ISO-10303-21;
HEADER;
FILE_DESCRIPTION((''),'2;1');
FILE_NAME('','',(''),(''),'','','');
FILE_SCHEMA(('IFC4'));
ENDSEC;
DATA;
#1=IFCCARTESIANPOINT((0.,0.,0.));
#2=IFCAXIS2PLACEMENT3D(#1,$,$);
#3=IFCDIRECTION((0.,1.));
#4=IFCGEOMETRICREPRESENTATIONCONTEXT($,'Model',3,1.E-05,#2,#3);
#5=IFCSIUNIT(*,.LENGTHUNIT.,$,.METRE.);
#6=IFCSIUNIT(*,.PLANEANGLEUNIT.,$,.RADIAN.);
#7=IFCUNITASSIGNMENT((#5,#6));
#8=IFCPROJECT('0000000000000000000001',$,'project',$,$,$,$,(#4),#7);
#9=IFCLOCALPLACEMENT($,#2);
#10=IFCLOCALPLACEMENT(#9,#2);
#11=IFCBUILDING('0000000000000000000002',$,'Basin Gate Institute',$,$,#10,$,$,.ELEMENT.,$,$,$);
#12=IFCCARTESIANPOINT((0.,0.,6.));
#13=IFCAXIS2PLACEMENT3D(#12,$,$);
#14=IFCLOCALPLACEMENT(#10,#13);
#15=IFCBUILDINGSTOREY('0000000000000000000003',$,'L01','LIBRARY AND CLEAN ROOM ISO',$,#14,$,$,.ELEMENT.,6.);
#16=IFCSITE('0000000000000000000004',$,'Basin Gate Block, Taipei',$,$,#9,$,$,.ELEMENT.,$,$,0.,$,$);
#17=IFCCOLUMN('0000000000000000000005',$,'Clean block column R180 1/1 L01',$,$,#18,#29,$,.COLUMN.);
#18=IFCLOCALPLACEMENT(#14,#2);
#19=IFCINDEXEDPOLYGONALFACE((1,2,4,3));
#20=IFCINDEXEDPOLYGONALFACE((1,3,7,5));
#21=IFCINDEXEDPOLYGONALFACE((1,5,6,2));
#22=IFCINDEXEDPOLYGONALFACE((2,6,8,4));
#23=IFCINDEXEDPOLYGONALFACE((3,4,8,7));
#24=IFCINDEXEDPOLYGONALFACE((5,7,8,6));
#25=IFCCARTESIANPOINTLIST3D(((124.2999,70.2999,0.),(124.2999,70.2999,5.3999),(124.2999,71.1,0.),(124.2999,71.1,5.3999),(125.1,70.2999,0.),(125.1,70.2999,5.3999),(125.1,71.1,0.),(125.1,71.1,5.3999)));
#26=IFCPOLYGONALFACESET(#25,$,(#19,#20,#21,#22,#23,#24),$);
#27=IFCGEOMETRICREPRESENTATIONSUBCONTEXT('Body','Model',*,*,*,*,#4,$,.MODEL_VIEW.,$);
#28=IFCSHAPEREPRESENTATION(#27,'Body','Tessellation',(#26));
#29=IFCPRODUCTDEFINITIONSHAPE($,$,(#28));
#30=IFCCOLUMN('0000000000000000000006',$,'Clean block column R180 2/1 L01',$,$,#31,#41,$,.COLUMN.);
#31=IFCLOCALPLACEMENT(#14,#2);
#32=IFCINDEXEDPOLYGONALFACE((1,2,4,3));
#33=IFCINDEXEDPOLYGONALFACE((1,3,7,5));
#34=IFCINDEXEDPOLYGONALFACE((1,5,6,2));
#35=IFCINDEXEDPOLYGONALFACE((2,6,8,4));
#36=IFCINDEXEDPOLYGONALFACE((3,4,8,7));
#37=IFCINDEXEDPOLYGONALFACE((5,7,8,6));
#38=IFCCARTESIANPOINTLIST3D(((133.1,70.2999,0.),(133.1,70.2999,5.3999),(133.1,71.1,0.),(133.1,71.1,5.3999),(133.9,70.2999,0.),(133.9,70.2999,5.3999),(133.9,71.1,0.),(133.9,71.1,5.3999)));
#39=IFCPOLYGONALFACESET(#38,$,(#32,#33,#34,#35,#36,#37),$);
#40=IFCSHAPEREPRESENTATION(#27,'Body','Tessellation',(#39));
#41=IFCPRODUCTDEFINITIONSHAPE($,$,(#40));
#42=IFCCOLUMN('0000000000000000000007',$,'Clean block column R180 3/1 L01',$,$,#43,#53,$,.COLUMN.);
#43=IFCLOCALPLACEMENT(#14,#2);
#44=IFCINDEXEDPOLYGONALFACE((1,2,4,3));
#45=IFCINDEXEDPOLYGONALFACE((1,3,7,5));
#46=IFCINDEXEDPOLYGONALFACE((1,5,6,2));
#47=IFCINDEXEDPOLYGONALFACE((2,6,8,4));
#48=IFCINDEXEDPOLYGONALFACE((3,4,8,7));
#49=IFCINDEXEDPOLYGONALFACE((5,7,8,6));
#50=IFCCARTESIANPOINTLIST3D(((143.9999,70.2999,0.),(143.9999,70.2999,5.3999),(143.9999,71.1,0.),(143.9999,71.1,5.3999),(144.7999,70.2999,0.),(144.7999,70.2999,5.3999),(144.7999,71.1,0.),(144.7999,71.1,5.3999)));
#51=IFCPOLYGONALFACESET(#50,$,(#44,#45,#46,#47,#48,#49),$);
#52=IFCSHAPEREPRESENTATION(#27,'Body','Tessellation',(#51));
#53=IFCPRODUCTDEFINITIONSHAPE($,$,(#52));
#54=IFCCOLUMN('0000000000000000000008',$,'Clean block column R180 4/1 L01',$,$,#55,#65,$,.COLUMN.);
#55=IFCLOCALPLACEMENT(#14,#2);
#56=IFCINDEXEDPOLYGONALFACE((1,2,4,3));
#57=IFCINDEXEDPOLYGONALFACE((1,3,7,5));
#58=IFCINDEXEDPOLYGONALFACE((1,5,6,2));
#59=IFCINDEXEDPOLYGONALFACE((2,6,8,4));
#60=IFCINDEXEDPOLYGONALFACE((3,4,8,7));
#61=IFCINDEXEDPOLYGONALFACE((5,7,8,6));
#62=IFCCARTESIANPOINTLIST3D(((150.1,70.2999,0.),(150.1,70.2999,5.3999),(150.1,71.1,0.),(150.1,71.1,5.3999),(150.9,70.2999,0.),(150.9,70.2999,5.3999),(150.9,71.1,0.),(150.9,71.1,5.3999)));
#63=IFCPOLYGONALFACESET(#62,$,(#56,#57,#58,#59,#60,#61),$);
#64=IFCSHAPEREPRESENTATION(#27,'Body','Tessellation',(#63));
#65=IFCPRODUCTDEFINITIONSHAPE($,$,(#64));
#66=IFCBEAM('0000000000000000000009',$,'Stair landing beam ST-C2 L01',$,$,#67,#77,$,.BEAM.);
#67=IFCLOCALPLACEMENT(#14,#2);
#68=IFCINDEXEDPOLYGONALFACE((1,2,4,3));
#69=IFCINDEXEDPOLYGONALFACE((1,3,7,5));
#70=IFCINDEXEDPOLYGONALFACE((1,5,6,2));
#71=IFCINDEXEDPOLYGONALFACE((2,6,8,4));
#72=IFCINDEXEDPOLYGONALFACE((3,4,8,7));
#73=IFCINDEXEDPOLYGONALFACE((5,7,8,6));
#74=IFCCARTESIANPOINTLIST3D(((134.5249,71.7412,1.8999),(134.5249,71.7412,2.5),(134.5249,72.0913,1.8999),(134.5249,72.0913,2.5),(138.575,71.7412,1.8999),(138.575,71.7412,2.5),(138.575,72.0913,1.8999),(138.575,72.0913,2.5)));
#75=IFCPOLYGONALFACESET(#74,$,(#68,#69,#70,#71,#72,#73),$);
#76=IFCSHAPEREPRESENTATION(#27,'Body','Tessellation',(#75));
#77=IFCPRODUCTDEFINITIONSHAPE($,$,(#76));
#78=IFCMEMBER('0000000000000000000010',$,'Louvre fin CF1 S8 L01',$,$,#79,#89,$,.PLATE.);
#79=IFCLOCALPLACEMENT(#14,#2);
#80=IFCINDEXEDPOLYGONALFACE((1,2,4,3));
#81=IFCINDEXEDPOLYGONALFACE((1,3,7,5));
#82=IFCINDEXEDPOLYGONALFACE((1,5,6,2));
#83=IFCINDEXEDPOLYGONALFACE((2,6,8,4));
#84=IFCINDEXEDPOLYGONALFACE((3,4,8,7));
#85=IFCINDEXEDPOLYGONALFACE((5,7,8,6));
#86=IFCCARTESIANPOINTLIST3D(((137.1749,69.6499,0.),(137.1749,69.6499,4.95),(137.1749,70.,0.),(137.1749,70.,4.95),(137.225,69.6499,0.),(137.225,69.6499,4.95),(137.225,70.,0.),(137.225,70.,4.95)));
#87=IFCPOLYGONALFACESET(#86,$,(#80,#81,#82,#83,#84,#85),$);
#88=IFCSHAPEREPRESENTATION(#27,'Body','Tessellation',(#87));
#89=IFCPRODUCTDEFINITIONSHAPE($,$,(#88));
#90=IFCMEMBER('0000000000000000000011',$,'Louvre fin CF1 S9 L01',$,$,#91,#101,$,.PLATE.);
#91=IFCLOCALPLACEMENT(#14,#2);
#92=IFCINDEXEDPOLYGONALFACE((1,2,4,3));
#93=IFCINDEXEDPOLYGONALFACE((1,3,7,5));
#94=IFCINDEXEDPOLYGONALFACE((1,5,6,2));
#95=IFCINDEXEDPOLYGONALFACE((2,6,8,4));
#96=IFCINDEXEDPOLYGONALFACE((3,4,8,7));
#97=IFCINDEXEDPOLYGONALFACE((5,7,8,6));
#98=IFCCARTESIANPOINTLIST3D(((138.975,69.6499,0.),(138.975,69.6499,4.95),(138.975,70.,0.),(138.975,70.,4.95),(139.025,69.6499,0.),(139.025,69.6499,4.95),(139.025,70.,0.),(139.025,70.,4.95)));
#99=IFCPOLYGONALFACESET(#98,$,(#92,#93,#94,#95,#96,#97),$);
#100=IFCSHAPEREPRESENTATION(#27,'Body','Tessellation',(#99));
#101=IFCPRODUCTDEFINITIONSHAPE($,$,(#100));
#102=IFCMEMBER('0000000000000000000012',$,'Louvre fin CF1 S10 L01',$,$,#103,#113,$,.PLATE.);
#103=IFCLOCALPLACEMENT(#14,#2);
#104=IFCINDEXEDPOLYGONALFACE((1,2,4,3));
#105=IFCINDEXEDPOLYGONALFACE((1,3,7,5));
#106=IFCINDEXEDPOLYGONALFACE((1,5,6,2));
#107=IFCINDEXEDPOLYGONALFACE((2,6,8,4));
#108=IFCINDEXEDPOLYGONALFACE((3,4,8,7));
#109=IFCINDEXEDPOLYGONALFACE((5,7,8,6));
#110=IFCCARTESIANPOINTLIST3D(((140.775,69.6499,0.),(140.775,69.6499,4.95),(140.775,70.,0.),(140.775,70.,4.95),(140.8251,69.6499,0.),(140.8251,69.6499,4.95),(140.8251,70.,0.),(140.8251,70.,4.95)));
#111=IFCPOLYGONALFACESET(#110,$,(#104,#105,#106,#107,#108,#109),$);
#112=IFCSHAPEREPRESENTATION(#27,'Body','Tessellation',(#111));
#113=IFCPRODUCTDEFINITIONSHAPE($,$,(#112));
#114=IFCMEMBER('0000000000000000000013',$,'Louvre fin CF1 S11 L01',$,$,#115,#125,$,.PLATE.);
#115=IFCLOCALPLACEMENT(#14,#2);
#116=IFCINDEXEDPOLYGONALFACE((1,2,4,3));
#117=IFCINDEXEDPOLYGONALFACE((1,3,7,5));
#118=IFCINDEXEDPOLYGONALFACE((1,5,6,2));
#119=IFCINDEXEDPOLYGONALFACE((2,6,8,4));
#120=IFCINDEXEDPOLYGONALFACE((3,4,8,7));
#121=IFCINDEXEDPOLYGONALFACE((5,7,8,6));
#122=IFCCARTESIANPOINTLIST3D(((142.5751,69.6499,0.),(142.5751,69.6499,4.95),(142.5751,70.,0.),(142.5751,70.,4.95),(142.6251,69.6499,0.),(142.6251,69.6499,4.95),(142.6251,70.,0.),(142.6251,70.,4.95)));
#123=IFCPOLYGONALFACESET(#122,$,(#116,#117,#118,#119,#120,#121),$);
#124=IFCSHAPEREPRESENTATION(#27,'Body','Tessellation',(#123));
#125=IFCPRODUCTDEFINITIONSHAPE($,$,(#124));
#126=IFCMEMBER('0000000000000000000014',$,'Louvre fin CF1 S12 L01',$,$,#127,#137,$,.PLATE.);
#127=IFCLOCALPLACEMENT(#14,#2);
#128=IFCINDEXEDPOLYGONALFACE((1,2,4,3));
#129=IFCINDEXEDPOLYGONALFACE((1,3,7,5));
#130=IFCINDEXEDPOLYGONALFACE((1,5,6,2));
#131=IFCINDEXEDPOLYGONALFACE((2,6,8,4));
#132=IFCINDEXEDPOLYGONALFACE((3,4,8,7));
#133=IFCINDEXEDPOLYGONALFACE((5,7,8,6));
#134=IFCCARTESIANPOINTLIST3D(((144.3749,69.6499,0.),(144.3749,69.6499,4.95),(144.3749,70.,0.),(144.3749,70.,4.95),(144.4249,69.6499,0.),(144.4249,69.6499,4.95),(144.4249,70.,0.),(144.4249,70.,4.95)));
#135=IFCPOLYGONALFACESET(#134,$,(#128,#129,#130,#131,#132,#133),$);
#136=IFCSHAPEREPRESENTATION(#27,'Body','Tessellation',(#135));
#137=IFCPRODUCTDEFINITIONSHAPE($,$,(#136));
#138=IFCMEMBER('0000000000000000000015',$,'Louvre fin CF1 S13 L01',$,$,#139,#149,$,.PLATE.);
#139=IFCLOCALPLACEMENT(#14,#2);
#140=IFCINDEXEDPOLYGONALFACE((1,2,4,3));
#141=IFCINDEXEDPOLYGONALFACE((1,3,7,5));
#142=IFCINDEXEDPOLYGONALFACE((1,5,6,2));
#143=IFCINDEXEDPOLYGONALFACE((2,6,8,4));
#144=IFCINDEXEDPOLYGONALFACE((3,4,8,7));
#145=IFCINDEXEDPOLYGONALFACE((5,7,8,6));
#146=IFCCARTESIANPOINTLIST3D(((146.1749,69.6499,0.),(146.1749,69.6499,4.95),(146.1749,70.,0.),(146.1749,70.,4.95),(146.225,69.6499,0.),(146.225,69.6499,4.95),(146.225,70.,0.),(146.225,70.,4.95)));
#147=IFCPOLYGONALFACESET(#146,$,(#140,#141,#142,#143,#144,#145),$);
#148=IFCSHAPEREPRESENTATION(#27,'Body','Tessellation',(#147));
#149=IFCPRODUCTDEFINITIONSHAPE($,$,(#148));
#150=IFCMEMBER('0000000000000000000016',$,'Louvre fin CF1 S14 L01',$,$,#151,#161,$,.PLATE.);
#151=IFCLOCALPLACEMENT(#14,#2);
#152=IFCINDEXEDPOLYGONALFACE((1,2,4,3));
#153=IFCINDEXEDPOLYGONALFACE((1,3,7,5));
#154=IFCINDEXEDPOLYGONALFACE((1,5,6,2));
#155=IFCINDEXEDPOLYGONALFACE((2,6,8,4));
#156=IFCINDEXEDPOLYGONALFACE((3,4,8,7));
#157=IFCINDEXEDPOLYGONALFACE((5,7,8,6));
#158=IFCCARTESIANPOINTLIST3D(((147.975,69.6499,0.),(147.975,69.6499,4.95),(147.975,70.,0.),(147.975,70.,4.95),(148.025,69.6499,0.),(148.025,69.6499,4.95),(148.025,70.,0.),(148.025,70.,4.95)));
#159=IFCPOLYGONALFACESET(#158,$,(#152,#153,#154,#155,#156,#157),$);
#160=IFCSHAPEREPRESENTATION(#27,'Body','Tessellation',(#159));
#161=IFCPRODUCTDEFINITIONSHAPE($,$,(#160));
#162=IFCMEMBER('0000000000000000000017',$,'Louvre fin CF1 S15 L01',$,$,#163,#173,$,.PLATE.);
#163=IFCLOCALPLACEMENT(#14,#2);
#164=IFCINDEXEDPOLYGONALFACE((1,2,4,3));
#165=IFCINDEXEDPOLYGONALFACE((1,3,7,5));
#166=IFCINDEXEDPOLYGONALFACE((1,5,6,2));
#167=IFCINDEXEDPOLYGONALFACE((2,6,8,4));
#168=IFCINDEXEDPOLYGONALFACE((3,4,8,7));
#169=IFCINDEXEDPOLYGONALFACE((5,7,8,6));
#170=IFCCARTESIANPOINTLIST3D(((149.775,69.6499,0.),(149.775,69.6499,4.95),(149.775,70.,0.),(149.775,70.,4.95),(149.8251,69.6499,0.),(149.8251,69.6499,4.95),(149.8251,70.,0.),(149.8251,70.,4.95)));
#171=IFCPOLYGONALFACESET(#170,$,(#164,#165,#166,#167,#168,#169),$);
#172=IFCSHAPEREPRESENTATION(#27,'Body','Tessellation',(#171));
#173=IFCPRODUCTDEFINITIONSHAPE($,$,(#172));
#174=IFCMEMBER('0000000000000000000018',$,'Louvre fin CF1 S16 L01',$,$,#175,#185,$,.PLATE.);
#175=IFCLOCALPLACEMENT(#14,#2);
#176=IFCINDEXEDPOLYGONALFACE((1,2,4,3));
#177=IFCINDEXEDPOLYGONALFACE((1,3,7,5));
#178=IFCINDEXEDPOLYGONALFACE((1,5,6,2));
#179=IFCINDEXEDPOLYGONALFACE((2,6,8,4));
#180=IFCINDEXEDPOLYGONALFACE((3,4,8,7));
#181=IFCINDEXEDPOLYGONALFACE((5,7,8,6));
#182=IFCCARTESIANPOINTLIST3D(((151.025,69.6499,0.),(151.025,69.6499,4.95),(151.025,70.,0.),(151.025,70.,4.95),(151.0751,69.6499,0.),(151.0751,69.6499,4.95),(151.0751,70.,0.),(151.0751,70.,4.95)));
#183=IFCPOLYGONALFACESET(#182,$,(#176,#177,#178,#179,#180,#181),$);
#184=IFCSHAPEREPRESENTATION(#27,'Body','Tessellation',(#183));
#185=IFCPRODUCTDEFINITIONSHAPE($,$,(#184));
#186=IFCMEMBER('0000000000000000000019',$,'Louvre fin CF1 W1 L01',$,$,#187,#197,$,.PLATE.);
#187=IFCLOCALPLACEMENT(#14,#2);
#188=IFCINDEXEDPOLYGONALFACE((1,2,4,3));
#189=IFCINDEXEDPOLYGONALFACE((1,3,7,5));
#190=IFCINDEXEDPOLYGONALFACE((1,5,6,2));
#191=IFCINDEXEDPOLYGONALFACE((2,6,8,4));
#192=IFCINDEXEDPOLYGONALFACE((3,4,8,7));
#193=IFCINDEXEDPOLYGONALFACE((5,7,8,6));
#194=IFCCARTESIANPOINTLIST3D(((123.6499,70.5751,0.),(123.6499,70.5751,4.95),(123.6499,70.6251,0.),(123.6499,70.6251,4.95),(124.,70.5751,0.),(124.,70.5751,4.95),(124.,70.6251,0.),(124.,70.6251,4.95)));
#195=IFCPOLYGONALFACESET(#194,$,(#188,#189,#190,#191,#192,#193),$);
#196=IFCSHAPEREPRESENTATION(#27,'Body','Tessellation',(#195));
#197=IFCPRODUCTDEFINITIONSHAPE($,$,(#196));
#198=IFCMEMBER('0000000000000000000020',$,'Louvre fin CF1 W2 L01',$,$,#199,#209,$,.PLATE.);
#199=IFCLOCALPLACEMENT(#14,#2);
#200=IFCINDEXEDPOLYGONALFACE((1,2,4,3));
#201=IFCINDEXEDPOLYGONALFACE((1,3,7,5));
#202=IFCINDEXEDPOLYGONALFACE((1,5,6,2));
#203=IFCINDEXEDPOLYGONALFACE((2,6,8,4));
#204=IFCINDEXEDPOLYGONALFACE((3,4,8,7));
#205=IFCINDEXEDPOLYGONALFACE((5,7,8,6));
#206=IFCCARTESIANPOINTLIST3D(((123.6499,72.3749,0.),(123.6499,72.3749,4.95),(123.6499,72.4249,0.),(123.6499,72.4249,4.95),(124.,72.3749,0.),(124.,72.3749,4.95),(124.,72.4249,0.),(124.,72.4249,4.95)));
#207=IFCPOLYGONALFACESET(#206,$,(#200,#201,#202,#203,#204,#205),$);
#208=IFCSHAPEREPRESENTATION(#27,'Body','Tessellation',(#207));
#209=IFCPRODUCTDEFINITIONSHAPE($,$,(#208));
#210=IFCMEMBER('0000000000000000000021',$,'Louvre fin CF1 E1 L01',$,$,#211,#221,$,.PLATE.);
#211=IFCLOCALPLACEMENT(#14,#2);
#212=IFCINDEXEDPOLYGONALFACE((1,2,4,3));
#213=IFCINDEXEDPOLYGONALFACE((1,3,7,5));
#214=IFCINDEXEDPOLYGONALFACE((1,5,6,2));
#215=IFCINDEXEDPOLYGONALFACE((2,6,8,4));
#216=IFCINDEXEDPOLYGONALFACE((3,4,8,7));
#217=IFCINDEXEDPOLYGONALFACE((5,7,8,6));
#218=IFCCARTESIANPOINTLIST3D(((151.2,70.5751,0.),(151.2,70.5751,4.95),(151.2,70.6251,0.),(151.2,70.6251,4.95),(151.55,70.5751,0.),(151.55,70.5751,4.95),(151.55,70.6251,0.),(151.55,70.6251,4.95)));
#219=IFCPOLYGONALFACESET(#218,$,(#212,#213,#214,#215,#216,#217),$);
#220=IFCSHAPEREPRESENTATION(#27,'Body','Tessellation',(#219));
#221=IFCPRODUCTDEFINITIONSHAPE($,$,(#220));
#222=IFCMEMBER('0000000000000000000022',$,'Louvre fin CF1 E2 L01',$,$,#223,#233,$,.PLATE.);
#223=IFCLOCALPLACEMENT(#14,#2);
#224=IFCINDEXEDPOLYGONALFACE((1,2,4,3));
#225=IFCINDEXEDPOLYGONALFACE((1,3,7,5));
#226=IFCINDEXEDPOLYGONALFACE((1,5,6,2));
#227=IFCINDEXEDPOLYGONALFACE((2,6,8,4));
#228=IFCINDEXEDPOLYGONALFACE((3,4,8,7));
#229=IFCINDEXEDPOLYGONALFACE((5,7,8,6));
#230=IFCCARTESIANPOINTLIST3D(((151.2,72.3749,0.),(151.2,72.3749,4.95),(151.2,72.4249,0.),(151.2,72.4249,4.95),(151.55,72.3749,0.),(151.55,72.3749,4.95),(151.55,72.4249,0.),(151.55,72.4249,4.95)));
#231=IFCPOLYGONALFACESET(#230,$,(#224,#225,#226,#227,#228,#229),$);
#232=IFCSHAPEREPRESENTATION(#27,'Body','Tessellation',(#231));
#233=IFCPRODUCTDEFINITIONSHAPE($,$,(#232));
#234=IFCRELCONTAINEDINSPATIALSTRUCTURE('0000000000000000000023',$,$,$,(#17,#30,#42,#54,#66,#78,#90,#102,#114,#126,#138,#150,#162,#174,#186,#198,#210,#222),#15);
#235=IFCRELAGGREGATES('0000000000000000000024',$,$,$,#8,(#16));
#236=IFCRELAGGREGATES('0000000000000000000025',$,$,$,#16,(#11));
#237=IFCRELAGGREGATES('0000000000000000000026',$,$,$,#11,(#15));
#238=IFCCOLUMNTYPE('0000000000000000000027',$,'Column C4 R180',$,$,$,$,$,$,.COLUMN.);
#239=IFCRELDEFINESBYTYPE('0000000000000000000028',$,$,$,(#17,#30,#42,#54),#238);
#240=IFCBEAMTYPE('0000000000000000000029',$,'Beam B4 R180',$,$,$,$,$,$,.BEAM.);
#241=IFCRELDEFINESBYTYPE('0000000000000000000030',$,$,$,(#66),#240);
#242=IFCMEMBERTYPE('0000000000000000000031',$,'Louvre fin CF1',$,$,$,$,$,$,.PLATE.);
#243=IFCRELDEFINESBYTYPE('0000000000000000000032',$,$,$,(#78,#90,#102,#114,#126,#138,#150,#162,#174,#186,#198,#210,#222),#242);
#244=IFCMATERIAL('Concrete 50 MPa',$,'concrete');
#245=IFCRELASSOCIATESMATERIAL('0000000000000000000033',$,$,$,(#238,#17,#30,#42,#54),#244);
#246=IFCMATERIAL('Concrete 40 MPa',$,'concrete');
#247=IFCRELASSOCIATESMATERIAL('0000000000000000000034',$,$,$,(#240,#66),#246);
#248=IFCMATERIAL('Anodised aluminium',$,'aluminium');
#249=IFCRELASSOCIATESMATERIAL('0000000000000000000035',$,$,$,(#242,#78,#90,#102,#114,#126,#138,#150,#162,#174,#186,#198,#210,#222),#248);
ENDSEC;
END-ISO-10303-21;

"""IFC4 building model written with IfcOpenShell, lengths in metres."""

from ifc_helpers import new_model, si_unit, direction, frame, origin, origin_2d, place, context, subcontext, project, spatial, rectangle, extrude, material, material_profile, profile_set, type_object, element, save


model = new_model("IFC4")

# Units and contexts
model_context = context("Model", 3, precision=1e-05, world=origin(), true_north=direction((0.0, 1.0)))
body_context = subcontext(model_context, "Body", "Model", "MODEL_VIEW")
ifc_project = project(units=[si_unit("LENGTHUNIT", "METRE"), si_unit("PLANEANGLEUNIT", "RADIAN")], contexts=[model_context])

# Site, building, storey
site_placement = place(None, origin())
site = spatial("IfcSite", under=ifc_project, at=site_placement, Name="Basin Gate Block, Taipei", CompositionType="ELEMENT", RefElevation=0.0)
building_placement = place(site_placement, origin())
building = spatial("IfcBuilding", under=site, at=building_placement, Name="Basin Gate Institute", CompositionType="ELEMENT")
storey_placement = place(building_placement, frame((0.0, 0.0, 6.0)))
storey = spatial("IfcBuildingStorey", under=building, at=storey_placement, Name="L01", Description="LIBRARY AND CLEAN ROOM ISO", CompositionType="ELEMENT", Elevation=6.0)

# Columns
ifc_material_1 = material(Name="Concrete 50 MPa", Category="concrete")
ifc_material_profile_1 = material_profile(ifc_material_1, rectangle(XDim=0.8, YDim=0.8, at=origin_2d()), Name="Column C4 800 x 800")
ifc_profile_set_1 = profile_set([ifc_material_profile_1], Name="Concrete 50 MPa")
column_type = type_object("IfcColumnType", Name="Column C4 R180", PredefinedType="COLUMN", material=ifc_profile_set_1)
for number, where, z_axis, x_axis, name in (
    (1, (124.7, 70.7, 0.0), (0.0, 0.0, 1.0), (1.0, 0.0, 0.0), "Clean block column R180 1/1 L01"),
    (2, (133.5, 70.7, 0.0), (0.0, 0.0, 1.0), (1.0, 0.0, 0.0), "Clean block column R180 2/1 L01"),
    (3, (144.3999, 70.7, 0.0), (0.0, 0.0, 1.0), (1.0, 0.0, 0.0), "Clean block column R180 3/1 L01"),
    (4, (150.5, 70.7, 0.0), (0.0, 0.0, 1.0), (1.0, 0.0, 0.0), "Clean block column R180 4/1 L01"),
):
    element("IfcColumn", number, at=place(storey_placement, frame(where, z_axis=z_axis, x_axis=x_axis)), inside=storey, type_object=column_type, material=ifc_profile_set_1, Name=name, PredefinedType="COLUMN", context=body_context, shape_type="SweptSolid", body=[
        extrude(rectangle(XDim=0.8, YDim=0.8, at=origin_2d()), origin(), (0.0, 0.0, 1.0), 5.3999),
    ])

# Beam
ifc_material_2 = material(Name="Concrete 40 MPa", Category="concrete")
ifc_material_profile_2 = material_profile(ifc_material_2, rectangle(XDim=0.3501, YDim=0.6001, at=origin_2d()), Name="Beam B4 350 x 600")
ifc_profile_set_2 = profile_set([ifc_material_profile_2], Name="Concrete 40 MPa")
beam_type = type_object("IfcBeamType", Name="Beam B4 R180", PredefinedType="BEAM", material=ifc_profile_set_2)
beam_placement = place(storey_placement, frame((134.5249, 71.9163, 2.2), z_axis=(1.0, 0.0, 0.0), x_axis=(0.0, 1.0, 0.0)))
element("IfcBeam", 5, at=beam_placement, inside=storey, type_object=beam_type, material=ifc_profile_set_2, Name="Stair landing beam ST-C2 L01", PredefinedType="BEAM", context=body_context, shape_type="SweptSolid", body=[
    extrude(rectangle(XDim=0.3501, YDim=0.6001, at=origin_2d()), origin(), (0.0, 0.0, 1.0), 4.05),
])

# Members
ifc_material_3 = material(Name="Anodised aluminium", Category="aluminium")
ifc_material_profile_3 = material_profile(ifc_material_3, rectangle(XDim=0.05, YDim=0.3501, at=origin_2d()), Name="Louvre fin CF1 50 x 350")
ifc_profile_set_3 = profile_set([ifc_material_profile_3], Name="Anodised aluminium")
member_type = type_object("IfcMemberType", Name="Louvre fin CF1", PredefinedType="PLATE", material=ifc_profile_set_3)
for number, where, z_axis, x_axis, name in (
    (6, (137.2, 69.825, 0.0), (0.0, 0.0, 1.0), (1.0, 0.0, 0.0), "Louvre fin CF1 S8 L01"),
    (7, (139.0, 69.825, 0.0), (0.0, 0.0, 1.0), (1.0, 0.0, 0.0), "Louvre fin CF1 S9 L01"),
    (8, (140.8, 69.825, 0.0), (0.0, 0.0, 1.0), (1.0, 0.0, 0.0), "Louvre fin CF1 S10 L01"),
    (9, (142.6001, 69.825, 0.0), (0.0, 0.0, 1.0), (1.0, 0.0, 0.0), "Louvre fin CF1 S11 L01"),
    (10, (144.3999, 69.825, 0.0), (0.0, 0.0, 1.0), (1.0, 0.0, 0.0), "Louvre fin CF1 S12 L01"),
    (11, (146.2, 69.825, 0.0), (0.0, 0.0, 1.0), (1.0, 0.0, 0.0), "Louvre fin CF1 S13 L01"),
    (12, (148.0, 69.825, 0.0), (0.0, 0.0, 1.0), (1.0, 0.0, 0.0), "Louvre fin CF1 S14 L01"),
    (13, (149.8, 69.825, 0.0), (0.0, 0.0, 1.0), (1.0, 0.0, 0.0), "Louvre fin CF1 S15 L01"),
    (14, (151.05, 69.825, 0.0), (0.0, 0.0, 1.0), (1.0, 0.0, 0.0), "Louvre fin CF1 S16 L01"),
    (15, (123.825, 70.6001, 0.0), (0.0, 0.0, 1.0), (0.0, 1.0, 0.0), "Louvre fin CF1 W1 L01"),
    (16, (123.825, 72.3999, 0.0), (0.0, 0.0, 1.0), (0.0, 1.0, 0.0), "Louvre fin CF1 W2 L01"),
    (17, (151.375, 70.6001, 0.0), (0.0, 0.0, 1.0), (0.0, 1.0, 0.0), "Louvre fin CF1 E1 L01"),
    (18, (151.375, 72.3999, 0.0), (0.0, 0.0, 1.0), (0.0, 1.0, 0.0), "Louvre fin CF1 E2 L01"),
):
    element("IfcMember", number, at=place(storey_placement, frame(where, z_axis=z_axis, x_axis=x_axis)), inside=storey, type_object=member_type, material=ifc_profile_set_3, Name=name, PredefinedType="PLATE", context=body_context, shape_type="SweptSolid", body=[
        extrude(rectangle(XDim=0.05, YDim=0.3501, at=origin_2d()), origin(), (0.0, 0.0, 1.0), 4.95),
    ])

save(model, "model.ifc")
